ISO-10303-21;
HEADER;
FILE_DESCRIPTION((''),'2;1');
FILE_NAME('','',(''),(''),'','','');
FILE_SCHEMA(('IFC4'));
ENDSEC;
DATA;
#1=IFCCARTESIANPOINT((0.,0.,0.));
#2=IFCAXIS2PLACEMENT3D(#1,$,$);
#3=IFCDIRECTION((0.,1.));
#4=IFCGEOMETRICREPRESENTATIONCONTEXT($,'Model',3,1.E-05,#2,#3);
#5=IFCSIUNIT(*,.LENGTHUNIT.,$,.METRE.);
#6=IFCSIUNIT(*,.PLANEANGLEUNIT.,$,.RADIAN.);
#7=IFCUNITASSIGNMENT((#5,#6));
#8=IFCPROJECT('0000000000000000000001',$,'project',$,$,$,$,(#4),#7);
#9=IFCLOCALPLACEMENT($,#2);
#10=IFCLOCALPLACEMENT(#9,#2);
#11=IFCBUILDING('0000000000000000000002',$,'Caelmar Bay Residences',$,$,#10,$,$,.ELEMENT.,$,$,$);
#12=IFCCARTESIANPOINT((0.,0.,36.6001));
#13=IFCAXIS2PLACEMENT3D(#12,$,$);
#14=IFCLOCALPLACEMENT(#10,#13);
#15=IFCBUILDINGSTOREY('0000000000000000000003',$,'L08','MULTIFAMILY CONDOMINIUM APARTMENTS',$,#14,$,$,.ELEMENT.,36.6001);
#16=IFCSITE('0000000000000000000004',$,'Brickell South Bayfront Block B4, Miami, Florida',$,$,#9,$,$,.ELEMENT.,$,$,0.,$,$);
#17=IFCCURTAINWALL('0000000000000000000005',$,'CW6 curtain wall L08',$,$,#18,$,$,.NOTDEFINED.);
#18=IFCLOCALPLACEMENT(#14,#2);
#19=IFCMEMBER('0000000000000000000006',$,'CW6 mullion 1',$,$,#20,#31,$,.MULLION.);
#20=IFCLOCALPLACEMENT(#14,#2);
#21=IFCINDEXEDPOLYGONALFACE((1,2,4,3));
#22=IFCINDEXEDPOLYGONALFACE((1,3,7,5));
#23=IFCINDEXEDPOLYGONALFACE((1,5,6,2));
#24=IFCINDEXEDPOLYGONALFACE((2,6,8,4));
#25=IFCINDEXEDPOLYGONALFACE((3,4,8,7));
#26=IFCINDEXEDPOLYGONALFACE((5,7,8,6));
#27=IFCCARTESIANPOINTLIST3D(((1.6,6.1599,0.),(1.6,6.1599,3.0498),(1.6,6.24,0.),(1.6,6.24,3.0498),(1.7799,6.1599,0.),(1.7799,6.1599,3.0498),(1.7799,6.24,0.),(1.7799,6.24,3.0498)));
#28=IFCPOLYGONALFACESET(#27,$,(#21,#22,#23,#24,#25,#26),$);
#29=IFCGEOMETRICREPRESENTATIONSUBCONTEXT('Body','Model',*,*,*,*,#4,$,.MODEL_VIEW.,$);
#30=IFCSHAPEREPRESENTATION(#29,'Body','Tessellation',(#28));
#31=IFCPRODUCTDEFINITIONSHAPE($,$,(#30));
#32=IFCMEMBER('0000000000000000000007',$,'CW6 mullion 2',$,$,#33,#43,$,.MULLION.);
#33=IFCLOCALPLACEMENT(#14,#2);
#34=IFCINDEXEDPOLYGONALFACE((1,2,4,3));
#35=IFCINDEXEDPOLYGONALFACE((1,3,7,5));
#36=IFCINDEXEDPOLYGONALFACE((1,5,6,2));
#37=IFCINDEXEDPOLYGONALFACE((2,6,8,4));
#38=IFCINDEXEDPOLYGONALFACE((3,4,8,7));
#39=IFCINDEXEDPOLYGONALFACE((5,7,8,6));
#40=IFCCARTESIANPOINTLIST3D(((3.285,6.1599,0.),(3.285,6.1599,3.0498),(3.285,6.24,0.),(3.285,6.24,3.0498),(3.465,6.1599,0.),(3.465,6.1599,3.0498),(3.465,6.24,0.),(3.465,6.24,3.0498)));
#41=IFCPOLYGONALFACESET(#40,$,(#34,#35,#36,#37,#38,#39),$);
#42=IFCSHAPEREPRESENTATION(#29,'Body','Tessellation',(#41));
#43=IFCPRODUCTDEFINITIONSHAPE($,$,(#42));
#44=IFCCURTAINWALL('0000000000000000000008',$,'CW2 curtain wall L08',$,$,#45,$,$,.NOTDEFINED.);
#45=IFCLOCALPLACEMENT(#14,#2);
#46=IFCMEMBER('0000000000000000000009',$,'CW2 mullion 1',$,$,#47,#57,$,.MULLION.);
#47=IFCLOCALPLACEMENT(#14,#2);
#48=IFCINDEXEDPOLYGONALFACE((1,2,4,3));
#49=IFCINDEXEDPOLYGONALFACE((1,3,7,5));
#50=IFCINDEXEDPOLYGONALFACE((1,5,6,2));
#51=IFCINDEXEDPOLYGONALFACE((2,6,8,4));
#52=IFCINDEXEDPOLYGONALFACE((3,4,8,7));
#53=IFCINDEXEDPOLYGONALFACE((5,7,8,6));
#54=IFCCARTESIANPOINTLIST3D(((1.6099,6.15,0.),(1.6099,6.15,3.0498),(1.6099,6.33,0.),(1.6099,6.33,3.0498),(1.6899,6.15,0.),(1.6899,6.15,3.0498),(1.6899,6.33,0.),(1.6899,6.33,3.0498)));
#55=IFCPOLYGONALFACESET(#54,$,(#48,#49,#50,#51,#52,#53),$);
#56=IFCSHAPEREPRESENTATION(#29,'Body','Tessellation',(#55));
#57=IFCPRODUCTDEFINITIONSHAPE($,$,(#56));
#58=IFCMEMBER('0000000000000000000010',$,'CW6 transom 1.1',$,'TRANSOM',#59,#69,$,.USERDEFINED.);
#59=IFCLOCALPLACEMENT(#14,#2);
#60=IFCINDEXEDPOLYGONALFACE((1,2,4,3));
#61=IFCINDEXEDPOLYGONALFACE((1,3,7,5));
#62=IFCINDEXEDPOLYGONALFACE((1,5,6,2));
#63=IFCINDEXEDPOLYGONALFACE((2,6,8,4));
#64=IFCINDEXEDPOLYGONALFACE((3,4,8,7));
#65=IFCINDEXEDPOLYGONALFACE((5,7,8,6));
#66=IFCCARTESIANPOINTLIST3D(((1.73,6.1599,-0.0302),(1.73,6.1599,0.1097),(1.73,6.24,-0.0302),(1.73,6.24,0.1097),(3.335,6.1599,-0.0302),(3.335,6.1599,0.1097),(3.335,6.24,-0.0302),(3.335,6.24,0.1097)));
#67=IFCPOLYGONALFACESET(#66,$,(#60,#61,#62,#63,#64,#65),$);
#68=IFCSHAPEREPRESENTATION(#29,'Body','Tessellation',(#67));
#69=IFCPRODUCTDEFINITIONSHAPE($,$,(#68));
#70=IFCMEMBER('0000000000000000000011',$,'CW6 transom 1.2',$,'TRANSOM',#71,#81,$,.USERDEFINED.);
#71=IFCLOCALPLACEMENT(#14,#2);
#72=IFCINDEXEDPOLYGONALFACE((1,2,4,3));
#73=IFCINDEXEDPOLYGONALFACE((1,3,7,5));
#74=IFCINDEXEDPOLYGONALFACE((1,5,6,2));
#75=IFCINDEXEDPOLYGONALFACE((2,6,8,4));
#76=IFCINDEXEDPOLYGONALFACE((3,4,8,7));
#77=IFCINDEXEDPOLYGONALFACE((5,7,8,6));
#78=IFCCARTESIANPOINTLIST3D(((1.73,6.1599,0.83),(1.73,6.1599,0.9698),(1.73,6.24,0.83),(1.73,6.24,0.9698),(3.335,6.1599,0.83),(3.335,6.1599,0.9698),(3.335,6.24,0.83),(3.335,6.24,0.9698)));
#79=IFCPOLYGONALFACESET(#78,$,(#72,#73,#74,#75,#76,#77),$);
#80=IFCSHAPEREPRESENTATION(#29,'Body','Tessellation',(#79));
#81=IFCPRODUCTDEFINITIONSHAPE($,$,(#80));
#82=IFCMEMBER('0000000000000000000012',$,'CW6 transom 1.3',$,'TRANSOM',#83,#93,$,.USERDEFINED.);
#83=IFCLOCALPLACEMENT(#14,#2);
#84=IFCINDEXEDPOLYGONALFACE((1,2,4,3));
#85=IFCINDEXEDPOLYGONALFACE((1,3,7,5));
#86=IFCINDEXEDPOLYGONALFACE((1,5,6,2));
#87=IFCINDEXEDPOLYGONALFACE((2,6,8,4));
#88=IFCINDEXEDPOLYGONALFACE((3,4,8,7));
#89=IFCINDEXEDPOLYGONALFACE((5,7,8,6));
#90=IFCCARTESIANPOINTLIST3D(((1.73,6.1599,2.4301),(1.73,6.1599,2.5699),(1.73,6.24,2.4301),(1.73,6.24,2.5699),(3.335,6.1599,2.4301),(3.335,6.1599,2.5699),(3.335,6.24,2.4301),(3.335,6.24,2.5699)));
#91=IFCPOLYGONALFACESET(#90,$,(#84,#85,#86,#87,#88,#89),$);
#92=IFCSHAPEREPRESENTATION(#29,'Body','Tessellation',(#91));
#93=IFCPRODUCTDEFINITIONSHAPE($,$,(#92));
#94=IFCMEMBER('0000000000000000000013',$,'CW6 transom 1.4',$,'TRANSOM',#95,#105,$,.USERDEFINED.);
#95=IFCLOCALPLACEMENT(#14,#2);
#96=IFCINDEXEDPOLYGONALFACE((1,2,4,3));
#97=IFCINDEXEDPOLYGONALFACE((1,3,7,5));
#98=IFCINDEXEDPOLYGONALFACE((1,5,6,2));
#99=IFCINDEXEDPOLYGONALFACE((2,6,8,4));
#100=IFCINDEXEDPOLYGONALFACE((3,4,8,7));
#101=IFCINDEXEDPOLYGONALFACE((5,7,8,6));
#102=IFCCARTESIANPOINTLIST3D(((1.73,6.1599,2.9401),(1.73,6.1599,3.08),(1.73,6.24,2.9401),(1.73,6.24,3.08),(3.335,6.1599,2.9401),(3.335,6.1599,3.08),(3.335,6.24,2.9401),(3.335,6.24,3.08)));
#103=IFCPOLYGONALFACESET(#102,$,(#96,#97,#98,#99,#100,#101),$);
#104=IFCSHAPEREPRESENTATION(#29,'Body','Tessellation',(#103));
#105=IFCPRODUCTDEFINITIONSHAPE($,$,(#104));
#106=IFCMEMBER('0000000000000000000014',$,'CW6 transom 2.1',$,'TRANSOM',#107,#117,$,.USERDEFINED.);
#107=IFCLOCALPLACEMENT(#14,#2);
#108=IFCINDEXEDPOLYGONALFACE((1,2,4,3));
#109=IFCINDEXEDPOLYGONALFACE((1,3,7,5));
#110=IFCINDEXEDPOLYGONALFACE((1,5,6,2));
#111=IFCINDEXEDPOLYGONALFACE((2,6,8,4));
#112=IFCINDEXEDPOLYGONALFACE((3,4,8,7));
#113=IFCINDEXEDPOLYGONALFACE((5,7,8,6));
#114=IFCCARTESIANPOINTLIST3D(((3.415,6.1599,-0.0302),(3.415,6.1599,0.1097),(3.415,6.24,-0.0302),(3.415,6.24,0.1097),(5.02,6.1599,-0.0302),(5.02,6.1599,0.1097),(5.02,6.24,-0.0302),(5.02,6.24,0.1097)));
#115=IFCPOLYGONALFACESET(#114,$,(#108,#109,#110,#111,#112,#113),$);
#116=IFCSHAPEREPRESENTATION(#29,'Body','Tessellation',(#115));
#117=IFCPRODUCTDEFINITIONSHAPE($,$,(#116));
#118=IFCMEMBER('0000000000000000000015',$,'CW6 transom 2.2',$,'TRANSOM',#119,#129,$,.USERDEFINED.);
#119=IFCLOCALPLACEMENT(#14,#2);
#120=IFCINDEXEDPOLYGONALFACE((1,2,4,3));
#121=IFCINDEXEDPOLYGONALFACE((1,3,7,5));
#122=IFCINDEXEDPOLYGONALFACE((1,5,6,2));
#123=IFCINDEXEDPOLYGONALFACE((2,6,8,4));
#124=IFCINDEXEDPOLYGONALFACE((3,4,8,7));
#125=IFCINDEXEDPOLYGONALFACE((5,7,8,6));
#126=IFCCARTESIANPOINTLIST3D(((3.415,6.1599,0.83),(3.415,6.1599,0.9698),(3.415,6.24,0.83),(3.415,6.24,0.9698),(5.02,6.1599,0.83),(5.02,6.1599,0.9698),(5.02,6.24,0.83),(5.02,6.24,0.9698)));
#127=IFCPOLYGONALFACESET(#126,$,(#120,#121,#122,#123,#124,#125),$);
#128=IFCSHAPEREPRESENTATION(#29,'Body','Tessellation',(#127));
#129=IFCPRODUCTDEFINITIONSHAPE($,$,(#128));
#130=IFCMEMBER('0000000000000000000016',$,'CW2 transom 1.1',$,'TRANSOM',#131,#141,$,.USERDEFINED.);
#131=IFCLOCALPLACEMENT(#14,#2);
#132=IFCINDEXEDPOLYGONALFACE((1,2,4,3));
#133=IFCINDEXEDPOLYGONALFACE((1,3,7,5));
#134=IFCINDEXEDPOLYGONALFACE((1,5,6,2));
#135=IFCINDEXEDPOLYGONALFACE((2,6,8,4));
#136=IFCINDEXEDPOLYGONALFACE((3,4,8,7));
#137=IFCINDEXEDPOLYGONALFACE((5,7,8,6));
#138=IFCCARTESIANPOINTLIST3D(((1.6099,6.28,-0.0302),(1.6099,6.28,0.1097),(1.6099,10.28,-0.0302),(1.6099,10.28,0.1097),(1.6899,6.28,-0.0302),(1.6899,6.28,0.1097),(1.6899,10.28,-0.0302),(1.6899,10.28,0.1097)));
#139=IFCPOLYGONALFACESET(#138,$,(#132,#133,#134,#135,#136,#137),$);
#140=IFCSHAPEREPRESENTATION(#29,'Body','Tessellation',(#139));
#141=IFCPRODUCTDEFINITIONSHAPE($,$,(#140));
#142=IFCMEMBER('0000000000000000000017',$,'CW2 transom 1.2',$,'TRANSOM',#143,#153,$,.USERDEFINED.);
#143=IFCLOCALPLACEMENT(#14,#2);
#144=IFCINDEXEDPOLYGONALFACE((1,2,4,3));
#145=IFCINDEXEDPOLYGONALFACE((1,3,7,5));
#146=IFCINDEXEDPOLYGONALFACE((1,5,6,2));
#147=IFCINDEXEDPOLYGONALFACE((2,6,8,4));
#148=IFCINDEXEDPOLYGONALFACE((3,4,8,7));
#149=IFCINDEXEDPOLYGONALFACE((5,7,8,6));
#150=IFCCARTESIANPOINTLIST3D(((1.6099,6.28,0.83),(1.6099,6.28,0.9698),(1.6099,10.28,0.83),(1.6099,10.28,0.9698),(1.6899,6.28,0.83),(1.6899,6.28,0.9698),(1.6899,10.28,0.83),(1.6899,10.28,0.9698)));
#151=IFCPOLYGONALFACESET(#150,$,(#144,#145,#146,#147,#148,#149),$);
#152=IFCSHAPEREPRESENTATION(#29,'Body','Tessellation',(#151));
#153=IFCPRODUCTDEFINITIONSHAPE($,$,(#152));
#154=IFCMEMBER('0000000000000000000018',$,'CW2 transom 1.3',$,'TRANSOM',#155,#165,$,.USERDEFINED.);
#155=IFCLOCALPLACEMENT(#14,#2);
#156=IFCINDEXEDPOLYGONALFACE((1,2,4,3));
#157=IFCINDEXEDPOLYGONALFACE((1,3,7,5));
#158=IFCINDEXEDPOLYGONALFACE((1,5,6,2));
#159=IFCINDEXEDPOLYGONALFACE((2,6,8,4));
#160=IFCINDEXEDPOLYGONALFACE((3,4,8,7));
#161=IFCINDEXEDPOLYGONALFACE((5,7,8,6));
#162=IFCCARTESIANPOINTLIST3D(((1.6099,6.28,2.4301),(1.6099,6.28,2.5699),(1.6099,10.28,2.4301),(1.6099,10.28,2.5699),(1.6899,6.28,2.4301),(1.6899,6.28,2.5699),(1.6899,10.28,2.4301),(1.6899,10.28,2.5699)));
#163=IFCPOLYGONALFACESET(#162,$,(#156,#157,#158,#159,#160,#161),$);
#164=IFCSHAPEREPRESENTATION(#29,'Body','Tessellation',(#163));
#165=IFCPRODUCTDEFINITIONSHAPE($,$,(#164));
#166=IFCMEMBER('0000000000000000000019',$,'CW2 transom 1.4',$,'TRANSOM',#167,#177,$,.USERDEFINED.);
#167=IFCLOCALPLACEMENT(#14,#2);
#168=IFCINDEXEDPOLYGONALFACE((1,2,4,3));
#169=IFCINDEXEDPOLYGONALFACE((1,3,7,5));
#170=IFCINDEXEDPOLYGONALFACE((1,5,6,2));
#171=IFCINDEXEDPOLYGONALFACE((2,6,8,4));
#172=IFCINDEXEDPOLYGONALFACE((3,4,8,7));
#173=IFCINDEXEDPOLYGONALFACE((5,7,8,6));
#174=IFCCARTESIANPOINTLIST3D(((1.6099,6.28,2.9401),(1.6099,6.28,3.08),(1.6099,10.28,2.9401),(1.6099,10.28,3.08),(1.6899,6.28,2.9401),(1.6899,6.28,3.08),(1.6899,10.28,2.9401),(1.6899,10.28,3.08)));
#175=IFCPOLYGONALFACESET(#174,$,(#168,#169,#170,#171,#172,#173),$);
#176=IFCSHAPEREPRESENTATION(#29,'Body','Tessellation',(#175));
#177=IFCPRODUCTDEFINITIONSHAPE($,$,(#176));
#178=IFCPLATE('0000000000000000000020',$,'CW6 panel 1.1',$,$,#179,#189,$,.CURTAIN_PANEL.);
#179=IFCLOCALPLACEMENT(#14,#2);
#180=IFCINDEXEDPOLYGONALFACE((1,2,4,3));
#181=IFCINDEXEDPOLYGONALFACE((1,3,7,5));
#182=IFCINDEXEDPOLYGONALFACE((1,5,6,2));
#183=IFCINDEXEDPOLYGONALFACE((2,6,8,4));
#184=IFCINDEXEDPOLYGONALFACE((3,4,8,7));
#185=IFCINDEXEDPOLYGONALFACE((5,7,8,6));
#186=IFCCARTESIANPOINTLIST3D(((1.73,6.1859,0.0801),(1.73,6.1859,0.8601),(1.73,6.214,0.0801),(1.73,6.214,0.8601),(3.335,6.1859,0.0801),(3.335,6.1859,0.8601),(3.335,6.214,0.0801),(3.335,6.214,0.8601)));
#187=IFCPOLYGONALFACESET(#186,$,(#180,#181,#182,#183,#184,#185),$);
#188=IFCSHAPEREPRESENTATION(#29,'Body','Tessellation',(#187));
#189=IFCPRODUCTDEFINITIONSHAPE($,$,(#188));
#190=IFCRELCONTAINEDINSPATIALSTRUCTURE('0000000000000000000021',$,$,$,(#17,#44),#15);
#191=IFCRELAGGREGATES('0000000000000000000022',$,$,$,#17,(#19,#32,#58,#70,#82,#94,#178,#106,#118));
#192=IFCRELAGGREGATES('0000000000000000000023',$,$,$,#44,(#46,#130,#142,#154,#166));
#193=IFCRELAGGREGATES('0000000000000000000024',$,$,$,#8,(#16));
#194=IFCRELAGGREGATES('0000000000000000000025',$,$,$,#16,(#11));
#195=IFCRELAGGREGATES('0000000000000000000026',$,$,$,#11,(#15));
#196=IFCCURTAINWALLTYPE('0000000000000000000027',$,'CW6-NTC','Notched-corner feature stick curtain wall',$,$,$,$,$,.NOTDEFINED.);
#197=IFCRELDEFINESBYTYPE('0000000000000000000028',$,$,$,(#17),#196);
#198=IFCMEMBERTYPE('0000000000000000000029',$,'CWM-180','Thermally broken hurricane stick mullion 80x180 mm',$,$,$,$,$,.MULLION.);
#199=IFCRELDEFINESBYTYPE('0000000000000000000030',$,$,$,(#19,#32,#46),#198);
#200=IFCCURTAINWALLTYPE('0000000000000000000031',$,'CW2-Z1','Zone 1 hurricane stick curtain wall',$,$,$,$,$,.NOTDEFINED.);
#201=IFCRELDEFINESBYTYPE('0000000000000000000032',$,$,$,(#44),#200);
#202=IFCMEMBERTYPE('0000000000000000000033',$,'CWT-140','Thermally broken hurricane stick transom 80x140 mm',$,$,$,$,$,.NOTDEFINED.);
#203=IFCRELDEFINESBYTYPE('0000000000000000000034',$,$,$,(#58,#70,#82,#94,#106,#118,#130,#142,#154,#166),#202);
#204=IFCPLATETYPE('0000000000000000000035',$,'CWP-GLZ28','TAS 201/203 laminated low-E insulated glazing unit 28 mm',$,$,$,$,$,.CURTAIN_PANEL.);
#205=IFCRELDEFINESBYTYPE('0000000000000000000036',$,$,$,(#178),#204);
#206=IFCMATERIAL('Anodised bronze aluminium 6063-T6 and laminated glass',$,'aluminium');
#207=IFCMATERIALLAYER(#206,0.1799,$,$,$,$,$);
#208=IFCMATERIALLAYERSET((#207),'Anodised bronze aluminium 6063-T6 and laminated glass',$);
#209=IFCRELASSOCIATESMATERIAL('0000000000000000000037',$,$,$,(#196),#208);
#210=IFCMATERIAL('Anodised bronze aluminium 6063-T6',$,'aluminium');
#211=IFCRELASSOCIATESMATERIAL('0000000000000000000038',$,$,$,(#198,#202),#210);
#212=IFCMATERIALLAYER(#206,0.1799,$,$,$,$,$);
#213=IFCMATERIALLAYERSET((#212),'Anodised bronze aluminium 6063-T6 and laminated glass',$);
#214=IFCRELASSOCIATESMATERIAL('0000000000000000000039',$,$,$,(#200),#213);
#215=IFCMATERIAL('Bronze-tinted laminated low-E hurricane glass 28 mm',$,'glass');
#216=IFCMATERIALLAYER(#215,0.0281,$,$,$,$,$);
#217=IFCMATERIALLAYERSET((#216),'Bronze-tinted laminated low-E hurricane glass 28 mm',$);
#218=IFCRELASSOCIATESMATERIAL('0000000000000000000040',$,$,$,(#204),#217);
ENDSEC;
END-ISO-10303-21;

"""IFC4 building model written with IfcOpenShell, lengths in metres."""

from ifc_helpers import new_model, si_unit, direction, frame, origin, origin_2d, place, context, subcontext, project, spatial, rectangle, extrude, material, layer, layer_set, material_profile, profile_set, type_object, element, aggregate, save


model = new_model("IFC4")

# Units and contexts
model_context = context("Model", 3, precision=1e-05, world=origin(), true_north=direction((0.0, 1.0)))
body_context = subcontext(model_context, "Body", "Model", "MODEL_VIEW")
ifc_project = project(units=[si_unit("LENGTHUNIT", "METRE"), si_unit("PLANEANGLEUNIT", "RADIAN")], contexts=[model_context])

# Site, building, storey
site_placement = place(None, origin())
site = spatial("IfcSite", under=ifc_project, at=site_placement, Name="Brickell South Bayfront Block B4, Miami, Florida", CompositionType="ELEMENT", RefElevation=0.0)
building_placement = place(site_placement, origin())
building = spatial("IfcBuilding", under=site, at=building_placement, Name="Caelmar Bay Residences", CompositionType="ELEMENT")
storey_placement = place(building_placement, frame((0.0, 0.0, 36.6001)))
storey = spatial("IfcBuildingStorey", under=building, at=storey_placement, Name="L08", Description="MULTIFAMILY CONDOMINIUM APARTMENTS", CompositionType="ELEMENT", Elevation=36.6001)

# Curtain wall, members
ifc_material_1 = material(Name="Anodised bronze aluminium 6063-T6 and laminated glass", Category="aluminium")
ifc_layer_1 = layer(ifc_material_1, 0.1799)
ifc_layer_set_1 = layer_set([ifc_layer_1], Name="Anodised bronze aluminium 6063-T6 and laminated glass")
curtain_wall_type_1 = type_object("IfcCurtainWallType", Name="CW6-NTC", Description="Notched-corner feature stick curtain wall", PredefinedType="NOTDEFINED", material=ifc_layer_set_1)
curtain_wall_1_placement = place(storey_placement, origin())
curtain_wall_1 = element("IfcCurtainWall", 1, at=curtain_wall_1_placement, inside=storey, type_object=curtain_wall_type_1, Name="CW6 curtain wall L08", PredefinedType="NOTDEFINED")
ifc_material_2 = material(Name="Anodised bronze aluminium 6063-T6", Category="aluminium")
ifc_material_profile_1 = material_profile(ifc_material_2, rectangle(XDim=0.0801, YDim=0.1799, at=origin_2d()), Name="CWM-80X180")
ifc_profile_set_1 = profile_set([ifc_material_profile_1], Name="Anodised bronze aluminium 6063-T6")
member_type_1 = type_object("IfcMemberType", Name="CWM-180", Description="Thermally broken hurricane stick mullion 80x180 mm", PredefinedType="MULLION", material=ifc_profile_set_1)
member_1_placement = place(storey_placement, frame((1.6899, 6.2, 0.0), z_axis=(0.0, 0.0, 1.0), x_axis=(0.0, 1.0, 0.0)))
member_1 = element("IfcMember", 2, at=member_1_placement, type_object=member_type_1, Name="CW6 mullion 1", PredefinedType="MULLION", context=body_context, shape_type="SweptSolid", body=[
    extrude(rectangle(XDim=0.0801, YDim=0.1799, at=origin_2d()), origin(), (0.0, 0.0, 1.0), 3.0498),
])
member_2_placement = place(storey_placement, frame((3.375, 6.2, 0.0), z_axis=(0.0, 0.0, 1.0), x_axis=(0.0, 1.0, 0.0)))
member_2 = element("IfcMember", 3, at=member_2_placement, type_object=member_type_1, Name="CW6 mullion 2", PredefinedType="MULLION", context=body_context, shape_type="SweptSolid", body=[
    extrude(rectangle(XDim=0.0801, YDim=0.1799, at=origin_2d()), origin(), (0.0, 0.0, 1.0), 3.0498),
])

# Curtain wall, member
ifc_layer_2 = layer(ifc_material_1, 0.1799)
ifc_layer_set_2 = layer_set([ifc_layer_2], Name="Anodised bronze aluminium 6063-T6 and laminated glass")
curtain_wall_type_2 = type_object("IfcCurtainWallType", Name="CW2-Z1", Description="Zone 1 hurricane stick curtain wall", PredefinedType="NOTDEFINED", material=ifc_layer_set_2)
curtain_wall_2_placement = place(storey_placement, origin())
curtain_wall_2 = element("IfcCurtainWall", 4, at=curtain_wall_2_placement, inside=storey, type_object=curtain_wall_type_2, Name="CW2 curtain wall L08", PredefinedType="NOTDEFINED")
member_3_placement = place(storey_placement, frame((1.6499, 6.24, 0.0), z_axis=(0.0, 0.0, 1.0), x_axis=(-1.0, 0.0, 0.0)))
member_3 = element("IfcMember", 5, at=member_3_placement, type_object=member_type_1, Name="CW2 mullion 1", PredefinedType="MULLION", context=body_context, shape_type="SweptSolid", body=[
    extrude(rectangle(XDim=0.0801, YDim=0.1799, at=origin_2d()), origin(), (0.0, 0.0, 1.0), 3.0498),
])

# Members
ifc_material_profile_2 = material_profile(ifc_material_2, rectangle(XDim=0.0801, YDim=0.1399, at=origin_2d()), Name="CWT-80X140")
ifc_profile_set_2 = profile_set([ifc_material_profile_2], Name="Anodised bronze aluminium 6063-T6")
member_type_2 = type_object("IfcMemberType", Name="CWT-140", Description="Thermally broken hurricane stick transom 80x140 mm", PredefinedType="NOTDEFINED", material=ifc_profile_set_2)
member_4_placement = place(storey_placement, frame((1.73, 6.2, 0.0398), z_axis=(1.0, 0.0, 0.0), x_axis=(0.0, 1.0, 0.0)))
member_4 = element("IfcMember", 6, at=member_4_placement, type_object=member_type_2, Name="CW6 transom 1.1", ObjectType="TRANSOM", PredefinedType="USERDEFINED", context=body_context, shape_type="SweptSolid", body=[
    extrude(rectangle(XDim=0.0801, YDim=0.1399, at=origin_2d()), origin(), (0.0, 0.0, 1.0), 1.605),
])
member_5_placement = place(storey_placement, frame((1.73, 6.2, 0.8999), z_axis=(1.0, 0.0, 0.0), x_axis=(0.0, 1.0, 0.0)))
member_5 = element("IfcMember", 7, at=member_5_placement, type_object=member_type_2, Name="CW6 transom 1.2", ObjectType="TRANSOM", PredefinedType="USERDEFINED", context=body_context, shape_type="SweptSolid", body=[
    extrude(rectangle(XDim=0.0801, YDim=0.1399, at=origin_2d()), origin(), (0.0, 0.0, 1.0), 1.605),
])
member_6_placement = place(storey_placement, frame((1.73, 6.2, 2.5), z_axis=(1.0, 0.0, 0.0), x_axis=(0.0, 1.0, 0.0)))
member_6 = element("IfcMember", 8, at=member_6_placement, type_object=member_type_2, Name="CW6 transom 1.3", ObjectType="TRANSOM", PredefinedType="USERDEFINED", context=body_context, shape_type="SweptSolid", body=[
    extrude(rectangle(XDim=0.0801, YDim=0.1399, at=origin_2d()), origin(), (0.0, 0.0, 1.0), 1.605),
])
member_7_placement = place(storey_placement, frame((1.73, 6.2, 3.01), z_axis=(1.0, 0.0, 0.0), x_axis=(0.0, 1.0, 0.0)))
member_7 = element("IfcMember", 9, at=member_7_placement, type_object=member_type_2, Name="CW6 transom 1.4", ObjectType="TRANSOM", PredefinedType="USERDEFINED", context=body_context, shape_type="SweptSolid", body=[
    extrude(rectangle(XDim=0.0801, YDim=0.1399, at=origin_2d()), origin(), (0.0, 0.0, 1.0), 1.605),
])
member_8_placement = place(storey_placement, frame((3.415, 6.2, 0.0398), z_axis=(1.0, 0.0, 0.0), x_axis=(0.0, 1.0, 0.0)))
member_8 = element("IfcMember", 10, at=member_8_placement, type_object=member_type_2, Name="CW6 transom 2.1", ObjectType="TRANSOM", PredefinedType="USERDEFINED", context=body_context, shape_type="SweptSolid", body=[
    extrude(rectangle(XDim=0.0801, YDim=0.1399, at=origin_2d()), origin(), (0.0, 0.0, 1.0), 1.605),
])
member_9_placement = place(storey_placement, frame((3.415, 6.2, 0.8999), z_axis=(1.0, 0.0, 0.0), x_axis=(0.0, 1.0, 0.0)))
member_9 = element("IfcMember", 11, at=member_9_placement, type_object=member_type_2, Name="CW6 transom 2.2", ObjectType="TRANSOM", PredefinedType="USERDEFINED", context=body_context, shape_type="SweptSolid", body=[
    extrude(rectangle(XDim=0.0801, YDim=0.1399, at=origin_2d()), origin(), (0.0, 0.0, 1.0), 1.605),
])
member_10_placement = place(storey_placement, frame((1.6499, 6.28, 0.0398), z_axis=(0.0, 1.0, 0.0), x_axis=(-1.0, 0.0, 0.0)))
member_10 = element("IfcMember", 12, at=member_10_placement, type_object=member_type_2, Name="CW2 transom 1.1", ObjectType="TRANSOM", PredefinedType="USERDEFINED", context=body_context, shape_type="SweptSolid", body=[
    extrude(rectangle(XDim=0.0801, YDim=0.1399, at=origin_2d()), origin(), (0.0, 0.0, 1.0), 4.0),
])
member_11_placement = place(storey_placement, frame((1.6499, 6.28, 0.8999), z_axis=(0.0, 1.0, 0.0), x_axis=(-1.0, 0.0, 0.0)))
member_11 = element("IfcMember", 13, at=member_11_placement, type_object=member_type_2, Name="CW2 transom 1.2", ObjectType="TRANSOM", PredefinedType="USERDEFINED", context=body_context, shape_type="SweptSolid", body=[
    extrude(rectangle(XDim=0.0801, YDim=0.1399, at=origin_2d()), origin(), (0.0, 0.0, 1.0), 4.0),
])
member_12_placement = place(storey_placement, frame((1.6499, 6.28, 2.5), z_axis=(0.0, 1.0, 0.0), x_axis=(-1.0, 0.0, 0.0)))
member_12 = element("IfcMember", 14, at=member_12_placement, type_object=member_type_2, Name="CW2 transom 1.3", ObjectType="TRANSOM", PredefinedType="USERDEFINED", context=body_context, shape_type="SweptSolid", body=[
    extrude(rectangle(XDim=0.0801, YDim=0.1399, at=origin_2d()), origin(), (0.0, 0.0, 1.0), 4.0),
])
member_13_placement = place(storey_placement, frame((1.6499, 6.28, 3.01), z_axis=(0.0, 1.0, 0.0), x_axis=(-1.0, 0.0, 0.0)))
member_13 = element("IfcMember", 15, at=member_13_placement, type_object=member_type_2, Name="CW2 transom 1.4", ObjectType="TRANSOM", PredefinedType="USERDEFINED", context=body_context, shape_type="SweptSolid", body=[
    extrude(rectangle(XDim=0.0801, YDim=0.1399, at=origin_2d()), origin(), (0.0, 0.0, 1.0), 4.0),
])

# Plate
ifc_material_3 = material(Name="Bronze-tinted laminated low-E hurricane glass 28 mm", Category="glass")
ifc_layer_3 = layer(ifc_material_3, 0.0281)
ifc_layer_set_3 = layer_set([ifc_layer_3], Name="Bronze-tinted laminated low-E hurricane glass 28 mm")
plate_type = type_object("IfcPlateType", Name="CWP-GLZ28", Description="TAS 201/203 laminated low-E insulated glazing unit 28 mm", PredefinedType="CURTAIN_PANEL", material=ifc_layer_set_3)
plate_1_placement = place(storey_placement, frame((2.5325, 6.2, 0.0801), z_axis=(0.0, 0.0, 1.0), x_axis=(1.0, 0.0, 0.0)))
plate_1 = element("IfcPlate", 16, at=plate_1_placement, type_object=plate_type, Name="CW6 panel 1.1", PredefinedType="CURTAIN_PANEL", context=body_context, shape_type="SweptSolid", body=[
    extrude(rectangle(XDim=1.605, YDim=0.0281, at=origin_2d()), origin(), (0.0, 0.0, 1.0), 0.78),
])
aggregate(curtain_wall_1, [member_1, member_2, member_4, member_5, member_6, member_7, plate_1, member_8, member_9])
aggregate(curtain_wall_2, [member_3, member_10, member_11, member_12, member_13])

save(model, "model.ifc")
